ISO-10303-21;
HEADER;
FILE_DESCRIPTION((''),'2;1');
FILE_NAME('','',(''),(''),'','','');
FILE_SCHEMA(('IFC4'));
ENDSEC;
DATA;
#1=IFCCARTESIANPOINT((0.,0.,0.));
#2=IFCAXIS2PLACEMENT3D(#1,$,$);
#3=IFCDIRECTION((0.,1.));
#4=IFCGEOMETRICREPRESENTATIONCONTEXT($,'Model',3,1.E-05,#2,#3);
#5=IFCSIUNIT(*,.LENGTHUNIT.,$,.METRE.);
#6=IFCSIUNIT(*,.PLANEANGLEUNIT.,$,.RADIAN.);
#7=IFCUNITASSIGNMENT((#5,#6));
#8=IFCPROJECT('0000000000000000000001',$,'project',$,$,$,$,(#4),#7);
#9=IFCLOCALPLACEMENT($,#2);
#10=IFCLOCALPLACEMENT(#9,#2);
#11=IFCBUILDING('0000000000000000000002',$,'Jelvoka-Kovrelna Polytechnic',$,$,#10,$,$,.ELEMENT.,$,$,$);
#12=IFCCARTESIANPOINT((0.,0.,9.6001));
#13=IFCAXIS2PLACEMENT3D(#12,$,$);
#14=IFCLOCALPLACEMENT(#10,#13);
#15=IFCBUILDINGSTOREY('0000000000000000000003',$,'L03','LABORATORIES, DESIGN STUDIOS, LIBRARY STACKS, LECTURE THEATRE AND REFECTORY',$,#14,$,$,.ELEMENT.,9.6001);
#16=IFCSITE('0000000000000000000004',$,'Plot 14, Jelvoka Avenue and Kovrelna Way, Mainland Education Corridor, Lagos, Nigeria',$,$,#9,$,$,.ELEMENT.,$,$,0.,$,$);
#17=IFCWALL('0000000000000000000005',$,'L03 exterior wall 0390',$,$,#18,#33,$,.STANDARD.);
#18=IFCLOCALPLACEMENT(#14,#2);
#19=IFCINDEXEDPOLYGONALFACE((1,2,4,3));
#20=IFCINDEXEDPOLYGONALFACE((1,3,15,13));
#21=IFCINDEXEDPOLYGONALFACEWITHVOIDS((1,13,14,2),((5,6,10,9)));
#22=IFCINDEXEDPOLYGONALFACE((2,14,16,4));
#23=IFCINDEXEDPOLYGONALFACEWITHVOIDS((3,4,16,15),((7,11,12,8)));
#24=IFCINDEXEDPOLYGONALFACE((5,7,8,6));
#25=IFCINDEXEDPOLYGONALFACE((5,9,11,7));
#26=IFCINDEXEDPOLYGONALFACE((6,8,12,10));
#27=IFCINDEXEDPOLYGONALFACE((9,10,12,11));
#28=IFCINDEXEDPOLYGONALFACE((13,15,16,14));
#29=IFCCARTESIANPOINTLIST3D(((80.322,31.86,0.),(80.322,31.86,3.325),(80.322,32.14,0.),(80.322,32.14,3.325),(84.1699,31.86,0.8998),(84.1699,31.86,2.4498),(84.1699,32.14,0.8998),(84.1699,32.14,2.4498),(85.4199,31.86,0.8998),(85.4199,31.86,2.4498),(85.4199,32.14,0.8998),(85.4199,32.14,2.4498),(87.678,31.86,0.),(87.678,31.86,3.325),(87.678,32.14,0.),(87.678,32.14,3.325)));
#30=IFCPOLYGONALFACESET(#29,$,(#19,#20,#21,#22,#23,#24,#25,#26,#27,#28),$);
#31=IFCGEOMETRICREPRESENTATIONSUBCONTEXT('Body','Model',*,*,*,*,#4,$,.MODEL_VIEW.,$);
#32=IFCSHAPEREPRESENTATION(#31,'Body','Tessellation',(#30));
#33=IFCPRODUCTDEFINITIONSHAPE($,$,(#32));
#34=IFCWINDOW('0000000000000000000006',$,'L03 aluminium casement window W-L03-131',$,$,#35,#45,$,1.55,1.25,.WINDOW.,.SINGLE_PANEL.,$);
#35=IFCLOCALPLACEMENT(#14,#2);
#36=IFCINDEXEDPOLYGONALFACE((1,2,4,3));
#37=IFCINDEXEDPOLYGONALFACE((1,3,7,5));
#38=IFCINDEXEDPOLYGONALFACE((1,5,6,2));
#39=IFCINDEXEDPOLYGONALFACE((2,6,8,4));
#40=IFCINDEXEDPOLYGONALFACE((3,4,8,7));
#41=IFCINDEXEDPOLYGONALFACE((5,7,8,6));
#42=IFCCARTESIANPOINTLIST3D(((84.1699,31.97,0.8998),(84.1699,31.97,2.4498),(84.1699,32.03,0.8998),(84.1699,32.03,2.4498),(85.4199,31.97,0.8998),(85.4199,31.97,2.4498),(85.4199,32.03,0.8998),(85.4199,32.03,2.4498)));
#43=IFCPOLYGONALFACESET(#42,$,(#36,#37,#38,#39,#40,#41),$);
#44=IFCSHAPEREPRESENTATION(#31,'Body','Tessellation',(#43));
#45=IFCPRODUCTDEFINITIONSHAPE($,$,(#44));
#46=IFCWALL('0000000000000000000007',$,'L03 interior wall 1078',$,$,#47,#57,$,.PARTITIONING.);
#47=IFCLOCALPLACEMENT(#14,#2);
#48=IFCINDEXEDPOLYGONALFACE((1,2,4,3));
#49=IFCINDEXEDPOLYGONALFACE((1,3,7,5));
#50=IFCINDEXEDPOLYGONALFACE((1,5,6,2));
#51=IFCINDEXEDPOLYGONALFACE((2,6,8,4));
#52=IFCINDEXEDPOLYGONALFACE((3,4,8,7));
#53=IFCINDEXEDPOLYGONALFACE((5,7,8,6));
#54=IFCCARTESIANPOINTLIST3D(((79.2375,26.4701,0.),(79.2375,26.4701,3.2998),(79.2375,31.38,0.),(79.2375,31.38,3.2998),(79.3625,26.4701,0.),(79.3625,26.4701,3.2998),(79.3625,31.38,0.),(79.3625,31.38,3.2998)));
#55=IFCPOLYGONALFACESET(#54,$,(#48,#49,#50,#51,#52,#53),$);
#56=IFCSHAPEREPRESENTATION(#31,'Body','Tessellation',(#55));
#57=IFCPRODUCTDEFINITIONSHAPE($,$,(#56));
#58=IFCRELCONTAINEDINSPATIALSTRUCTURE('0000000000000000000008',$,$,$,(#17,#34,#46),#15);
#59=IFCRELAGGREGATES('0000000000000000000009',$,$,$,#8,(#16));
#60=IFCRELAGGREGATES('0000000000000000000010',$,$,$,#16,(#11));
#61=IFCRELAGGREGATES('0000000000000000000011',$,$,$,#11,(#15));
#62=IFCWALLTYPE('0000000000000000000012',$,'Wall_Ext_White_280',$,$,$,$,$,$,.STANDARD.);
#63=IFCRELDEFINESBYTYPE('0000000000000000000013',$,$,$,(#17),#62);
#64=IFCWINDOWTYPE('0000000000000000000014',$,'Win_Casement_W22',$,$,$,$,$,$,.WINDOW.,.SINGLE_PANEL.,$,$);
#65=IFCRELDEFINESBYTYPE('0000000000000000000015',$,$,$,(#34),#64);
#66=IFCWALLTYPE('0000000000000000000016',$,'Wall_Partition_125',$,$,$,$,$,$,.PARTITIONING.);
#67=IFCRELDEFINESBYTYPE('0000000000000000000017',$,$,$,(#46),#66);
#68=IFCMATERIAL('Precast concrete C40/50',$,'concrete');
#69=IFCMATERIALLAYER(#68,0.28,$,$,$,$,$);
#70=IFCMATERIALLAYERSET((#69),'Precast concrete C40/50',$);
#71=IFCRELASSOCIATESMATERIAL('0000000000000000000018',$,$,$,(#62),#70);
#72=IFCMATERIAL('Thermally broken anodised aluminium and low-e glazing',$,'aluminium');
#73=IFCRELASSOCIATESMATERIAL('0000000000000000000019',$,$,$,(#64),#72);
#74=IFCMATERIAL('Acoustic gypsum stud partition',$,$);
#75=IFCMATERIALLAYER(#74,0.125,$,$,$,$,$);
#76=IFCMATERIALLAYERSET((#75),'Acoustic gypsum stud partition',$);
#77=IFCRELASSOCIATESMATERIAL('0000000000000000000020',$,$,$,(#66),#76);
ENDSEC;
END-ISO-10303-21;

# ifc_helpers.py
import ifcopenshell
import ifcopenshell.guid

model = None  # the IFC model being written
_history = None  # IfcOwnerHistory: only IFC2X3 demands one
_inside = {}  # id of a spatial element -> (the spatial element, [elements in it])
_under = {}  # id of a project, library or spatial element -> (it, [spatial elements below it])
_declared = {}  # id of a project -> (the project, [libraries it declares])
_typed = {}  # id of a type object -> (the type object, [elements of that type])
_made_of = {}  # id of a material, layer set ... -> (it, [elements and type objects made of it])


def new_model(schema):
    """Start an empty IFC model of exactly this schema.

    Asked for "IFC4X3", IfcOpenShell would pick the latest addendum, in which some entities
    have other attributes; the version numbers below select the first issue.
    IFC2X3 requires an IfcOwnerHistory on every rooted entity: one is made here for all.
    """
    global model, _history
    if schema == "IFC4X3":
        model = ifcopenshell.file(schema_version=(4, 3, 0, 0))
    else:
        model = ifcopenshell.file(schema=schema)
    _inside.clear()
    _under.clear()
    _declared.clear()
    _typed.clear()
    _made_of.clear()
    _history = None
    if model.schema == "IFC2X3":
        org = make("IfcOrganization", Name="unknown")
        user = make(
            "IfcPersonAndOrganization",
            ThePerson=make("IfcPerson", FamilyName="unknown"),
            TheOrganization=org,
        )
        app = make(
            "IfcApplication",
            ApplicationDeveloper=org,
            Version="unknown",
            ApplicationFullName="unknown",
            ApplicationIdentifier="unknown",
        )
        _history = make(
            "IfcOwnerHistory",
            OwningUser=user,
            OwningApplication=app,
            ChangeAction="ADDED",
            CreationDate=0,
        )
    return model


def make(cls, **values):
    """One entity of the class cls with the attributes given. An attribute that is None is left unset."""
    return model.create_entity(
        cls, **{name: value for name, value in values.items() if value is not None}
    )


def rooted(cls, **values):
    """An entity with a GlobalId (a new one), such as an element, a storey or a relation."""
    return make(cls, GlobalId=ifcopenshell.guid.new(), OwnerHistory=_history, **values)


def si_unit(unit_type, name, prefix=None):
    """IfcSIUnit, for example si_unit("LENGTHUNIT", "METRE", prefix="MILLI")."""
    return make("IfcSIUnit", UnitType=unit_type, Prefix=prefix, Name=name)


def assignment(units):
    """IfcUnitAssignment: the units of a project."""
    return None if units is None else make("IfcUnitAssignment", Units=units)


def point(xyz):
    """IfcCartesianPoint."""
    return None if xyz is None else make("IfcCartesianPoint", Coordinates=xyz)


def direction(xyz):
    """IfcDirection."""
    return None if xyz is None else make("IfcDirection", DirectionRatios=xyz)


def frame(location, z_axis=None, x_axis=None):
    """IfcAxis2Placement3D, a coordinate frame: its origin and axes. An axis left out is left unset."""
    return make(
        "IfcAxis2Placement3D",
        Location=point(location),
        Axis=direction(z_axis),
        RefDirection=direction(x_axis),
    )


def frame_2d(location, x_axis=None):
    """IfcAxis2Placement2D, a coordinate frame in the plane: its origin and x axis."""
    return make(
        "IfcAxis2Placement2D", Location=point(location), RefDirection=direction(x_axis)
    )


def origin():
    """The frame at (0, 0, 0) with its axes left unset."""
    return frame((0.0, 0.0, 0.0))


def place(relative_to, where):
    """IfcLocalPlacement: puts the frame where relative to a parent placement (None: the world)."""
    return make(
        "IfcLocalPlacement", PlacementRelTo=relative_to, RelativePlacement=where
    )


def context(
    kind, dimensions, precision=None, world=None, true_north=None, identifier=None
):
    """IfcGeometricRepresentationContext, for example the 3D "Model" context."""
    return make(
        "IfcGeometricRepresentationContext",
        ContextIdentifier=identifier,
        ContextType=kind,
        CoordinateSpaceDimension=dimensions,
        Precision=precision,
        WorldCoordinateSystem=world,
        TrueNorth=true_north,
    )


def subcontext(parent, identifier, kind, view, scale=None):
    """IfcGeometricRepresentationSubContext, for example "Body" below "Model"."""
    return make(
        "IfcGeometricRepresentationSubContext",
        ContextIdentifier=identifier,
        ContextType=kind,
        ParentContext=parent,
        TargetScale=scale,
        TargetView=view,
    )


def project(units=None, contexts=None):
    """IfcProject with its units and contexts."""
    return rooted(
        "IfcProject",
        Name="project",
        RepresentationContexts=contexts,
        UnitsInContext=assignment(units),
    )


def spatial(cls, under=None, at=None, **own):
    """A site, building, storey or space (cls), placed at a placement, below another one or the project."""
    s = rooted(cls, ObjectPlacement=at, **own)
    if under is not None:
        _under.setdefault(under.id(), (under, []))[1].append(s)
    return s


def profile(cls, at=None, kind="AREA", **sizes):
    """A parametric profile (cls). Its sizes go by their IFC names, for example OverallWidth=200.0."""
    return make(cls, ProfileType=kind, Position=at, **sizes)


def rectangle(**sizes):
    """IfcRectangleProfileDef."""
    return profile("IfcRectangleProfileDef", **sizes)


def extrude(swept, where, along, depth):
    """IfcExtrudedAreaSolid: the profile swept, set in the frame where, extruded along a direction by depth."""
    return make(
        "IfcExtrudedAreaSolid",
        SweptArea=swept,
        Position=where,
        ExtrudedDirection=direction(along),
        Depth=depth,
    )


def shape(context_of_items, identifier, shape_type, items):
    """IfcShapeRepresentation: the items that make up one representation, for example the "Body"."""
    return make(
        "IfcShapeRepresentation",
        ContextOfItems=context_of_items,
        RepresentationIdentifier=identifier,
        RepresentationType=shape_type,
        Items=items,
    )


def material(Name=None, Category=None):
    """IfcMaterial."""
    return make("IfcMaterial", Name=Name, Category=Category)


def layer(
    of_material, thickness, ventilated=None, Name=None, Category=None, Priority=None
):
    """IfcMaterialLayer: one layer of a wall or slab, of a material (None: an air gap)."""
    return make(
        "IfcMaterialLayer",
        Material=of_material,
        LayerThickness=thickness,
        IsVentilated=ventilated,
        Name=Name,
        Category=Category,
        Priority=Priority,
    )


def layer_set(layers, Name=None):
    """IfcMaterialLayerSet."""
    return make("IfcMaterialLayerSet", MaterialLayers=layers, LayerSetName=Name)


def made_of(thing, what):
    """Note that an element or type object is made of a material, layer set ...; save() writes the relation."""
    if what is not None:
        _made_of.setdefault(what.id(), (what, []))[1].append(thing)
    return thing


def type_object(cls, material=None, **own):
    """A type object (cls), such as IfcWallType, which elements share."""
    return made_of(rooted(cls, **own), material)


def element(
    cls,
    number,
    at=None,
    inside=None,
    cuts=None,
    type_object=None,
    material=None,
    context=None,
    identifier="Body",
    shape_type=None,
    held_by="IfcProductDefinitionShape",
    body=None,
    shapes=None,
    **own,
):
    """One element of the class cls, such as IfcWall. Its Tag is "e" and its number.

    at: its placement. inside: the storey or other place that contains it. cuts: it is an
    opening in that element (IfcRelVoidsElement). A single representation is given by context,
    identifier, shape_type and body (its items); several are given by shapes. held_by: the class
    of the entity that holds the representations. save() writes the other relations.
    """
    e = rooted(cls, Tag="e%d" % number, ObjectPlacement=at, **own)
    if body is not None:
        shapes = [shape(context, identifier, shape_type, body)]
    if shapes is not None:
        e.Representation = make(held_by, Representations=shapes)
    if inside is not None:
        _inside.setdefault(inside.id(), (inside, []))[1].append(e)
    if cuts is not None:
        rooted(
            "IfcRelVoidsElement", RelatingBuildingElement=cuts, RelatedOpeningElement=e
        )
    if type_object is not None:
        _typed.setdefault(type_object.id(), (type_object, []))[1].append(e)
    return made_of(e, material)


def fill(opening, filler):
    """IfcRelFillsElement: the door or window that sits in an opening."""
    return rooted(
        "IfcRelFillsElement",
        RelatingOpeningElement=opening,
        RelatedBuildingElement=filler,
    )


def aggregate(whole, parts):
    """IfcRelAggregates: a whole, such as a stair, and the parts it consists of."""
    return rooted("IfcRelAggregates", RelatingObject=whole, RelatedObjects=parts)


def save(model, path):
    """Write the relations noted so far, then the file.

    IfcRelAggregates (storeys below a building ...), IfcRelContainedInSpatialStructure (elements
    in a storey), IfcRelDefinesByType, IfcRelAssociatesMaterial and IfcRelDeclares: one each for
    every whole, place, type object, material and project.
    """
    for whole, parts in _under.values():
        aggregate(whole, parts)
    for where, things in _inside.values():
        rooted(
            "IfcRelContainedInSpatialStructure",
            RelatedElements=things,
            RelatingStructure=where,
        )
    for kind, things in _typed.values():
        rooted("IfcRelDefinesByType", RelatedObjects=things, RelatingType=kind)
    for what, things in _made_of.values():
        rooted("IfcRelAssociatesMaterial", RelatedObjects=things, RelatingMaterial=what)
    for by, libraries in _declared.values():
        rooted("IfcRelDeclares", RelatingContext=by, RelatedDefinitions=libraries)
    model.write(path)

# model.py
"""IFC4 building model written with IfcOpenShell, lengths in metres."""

from ifc_helpers import new_model, si_unit, direction, frame, frame_2d, origin, place, context, subcontext, project, spatial, rectangle, extrude, material, layer, layer_set, type_object, element, fill, save


model = new_model("IFC4")

# Units and contexts
model_context = context("Model", 3, precision=1e-05, world=origin(), true_north=direction((0.0, 1.0)))
body_context = subcontext(model_context, "Body", "Model", "MODEL_VIEW")
ifc_project = project(units=[si_unit("LENGTHUNIT", "METRE"), si_unit("PLANEANGLEUNIT", "RADIAN")], contexts=[model_context])

# Site, building, storey
site_placement = place(None, origin())
site = spatial("IfcSite", under=ifc_project, at=site_placement, Name="Plot 14, Jelvoka Avenue and Kovrelna Way, Mainland Education Corridor, Lagos, Nigeria", CompositionType="ELEMENT", RefElevation=0.0)
building_placement = place(site_placement, origin())
building = spatial("IfcBuilding", under=site, at=building_placement, Name="Jelvoka-Kovrelna Polytechnic", CompositionType="ELEMENT")
storey_placement = place(building_placement, frame((0.0, 0.0, 9.6001)))
storey = spatial("IfcBuildingStorey", under=building, at=storey_placement, Name="L03", Description="LABORATORIES, DESIGN STUDIOS, LIBRARY STACKS, LECTURE THEATRE AND REFECTORY", CompositionType="ELEMENT", Elevation=9.6001)

# Wall, opening, window
ifc_material_1 = material(Name="Precast concrete C40/50", Category="concrete")
ifc_layer_1 = layer(ifc_material_1, 0.28)
ifc_layer_set_1 = layer_set([ifc_layer_1], Name="Precast concrete C40/50")
wall_type_1 = type_object("IfcWallType", Name="Wall_Ext_White_280", PredefinedType="STANDARD", material=ifc_layer_set_1)
wall_1_placement = place(storey_placement, frame((87.678, 32.0, 0.0), z_axis=(0.0, 0.0, 1.0), x_axis=(-1.0, 0.0, 0.0)))
wall_1 = element("IfcWall", 1, at=wall_1_placement, inside=storey, type_object=wall_type_1, Name="L03 exterior wall 0390", PredefinedType="STANDARD", context=body_context, shape_type="SweptSolid", body=[
    extrude(rectangle(XDim=7.356, YDim=0.28, at=frame_2d((3.678, 0.0))), origin(), (0.0, 0.0, 1.0), 3.325),
])
opening_placement = place(wall_1_placement, frame((2.2581, 0.0, 0.8999)))
opening = element("IfcOpeningElement", 2, at=opening_placement, cuts=wall_1, PredefinedType="OPENING", context=body_context, shape_type="SweptSolid", body=[
    extrude(rectangle(XDim=1.25, YDim=1.55, at=frame_2d((0.625, 0.7749))), frame((0.0, 0.1501, 0.0), z_axis=(0.0, -1.0, 0.0), x_axis=(1.0, 0.0, 0.0)), (0.0, 0.0, 1.0), 0.3),
])
ifc_material_2 = material(Name="Thermally broken anodised aluminium and low-e glazing", Category="aluminium")
window_type = type_object("IfcWindowType", Name="Win_Casement_W22", PartitioningType="SINGLE_PANEL", PredefinedType="WINDOW", material=ifc_material_2)
window_placement = place(opening_placement, origin())
window = element("IfcWindow", 3, at=window_placement, inside=storey, type_object=window_type, Name="L03 aluminium casement window W-L03-131", OverallHeight=1.55, OverallWidth=1.25, PartitioningType="SINGLE_PANEL", PredefinedType="WINDOW", context=body_context, shape_type="SweptSolid", body=[
    extrude(rectangle(XDim=1.25, YDim=1.55, at=frame_2d((0.625, 0.7749))), frame((0.0, 0.03, 0.0), z_axis=(0.0, -1.0, 0.0), x_axis=(1.0, 0.0, 0.0)), (0.0, 0.0, 1.0), 0.0601),
])
fill(opening, window)

# Wall
ifc_material_3 = material(Name="Acoustic gypsum stud partition")
ifc_layer_2 = layer(ifc_material_3, 0.125)
ifc_layer_set_2 = layer_set([ifc_layer_2], Name="Acoustic gypsum stud partition")
wall_type_2 = type_object("IfcWallType", Name="Wall_Partition_125", PredefinedType="PARTITIONING", material=ifc_layer_set_2)
wall_2_placement = place(storey_placement, frame((79.3, 26.47, 0.0), z_axis=(0.0, 0.0, 1.0), x_axis=(0.0, 1.0, 0.0)))
element("IfcWall", 4, at=wall_2_placement, inside=storey, type_object=wall_type_2, Name="L03 interior wall 1078", PredefinedType="PARTITIONING", context=body_context, shape_type="SweptSolid", body=[
    extrude(rectangle(XDim=4.9099, YDim=0.125, at=frame_2d((2.4551, 0.0))), origin(), (0.0, 0.0, 1.0), 3.2998),
])

save(model, "model.ifc")
